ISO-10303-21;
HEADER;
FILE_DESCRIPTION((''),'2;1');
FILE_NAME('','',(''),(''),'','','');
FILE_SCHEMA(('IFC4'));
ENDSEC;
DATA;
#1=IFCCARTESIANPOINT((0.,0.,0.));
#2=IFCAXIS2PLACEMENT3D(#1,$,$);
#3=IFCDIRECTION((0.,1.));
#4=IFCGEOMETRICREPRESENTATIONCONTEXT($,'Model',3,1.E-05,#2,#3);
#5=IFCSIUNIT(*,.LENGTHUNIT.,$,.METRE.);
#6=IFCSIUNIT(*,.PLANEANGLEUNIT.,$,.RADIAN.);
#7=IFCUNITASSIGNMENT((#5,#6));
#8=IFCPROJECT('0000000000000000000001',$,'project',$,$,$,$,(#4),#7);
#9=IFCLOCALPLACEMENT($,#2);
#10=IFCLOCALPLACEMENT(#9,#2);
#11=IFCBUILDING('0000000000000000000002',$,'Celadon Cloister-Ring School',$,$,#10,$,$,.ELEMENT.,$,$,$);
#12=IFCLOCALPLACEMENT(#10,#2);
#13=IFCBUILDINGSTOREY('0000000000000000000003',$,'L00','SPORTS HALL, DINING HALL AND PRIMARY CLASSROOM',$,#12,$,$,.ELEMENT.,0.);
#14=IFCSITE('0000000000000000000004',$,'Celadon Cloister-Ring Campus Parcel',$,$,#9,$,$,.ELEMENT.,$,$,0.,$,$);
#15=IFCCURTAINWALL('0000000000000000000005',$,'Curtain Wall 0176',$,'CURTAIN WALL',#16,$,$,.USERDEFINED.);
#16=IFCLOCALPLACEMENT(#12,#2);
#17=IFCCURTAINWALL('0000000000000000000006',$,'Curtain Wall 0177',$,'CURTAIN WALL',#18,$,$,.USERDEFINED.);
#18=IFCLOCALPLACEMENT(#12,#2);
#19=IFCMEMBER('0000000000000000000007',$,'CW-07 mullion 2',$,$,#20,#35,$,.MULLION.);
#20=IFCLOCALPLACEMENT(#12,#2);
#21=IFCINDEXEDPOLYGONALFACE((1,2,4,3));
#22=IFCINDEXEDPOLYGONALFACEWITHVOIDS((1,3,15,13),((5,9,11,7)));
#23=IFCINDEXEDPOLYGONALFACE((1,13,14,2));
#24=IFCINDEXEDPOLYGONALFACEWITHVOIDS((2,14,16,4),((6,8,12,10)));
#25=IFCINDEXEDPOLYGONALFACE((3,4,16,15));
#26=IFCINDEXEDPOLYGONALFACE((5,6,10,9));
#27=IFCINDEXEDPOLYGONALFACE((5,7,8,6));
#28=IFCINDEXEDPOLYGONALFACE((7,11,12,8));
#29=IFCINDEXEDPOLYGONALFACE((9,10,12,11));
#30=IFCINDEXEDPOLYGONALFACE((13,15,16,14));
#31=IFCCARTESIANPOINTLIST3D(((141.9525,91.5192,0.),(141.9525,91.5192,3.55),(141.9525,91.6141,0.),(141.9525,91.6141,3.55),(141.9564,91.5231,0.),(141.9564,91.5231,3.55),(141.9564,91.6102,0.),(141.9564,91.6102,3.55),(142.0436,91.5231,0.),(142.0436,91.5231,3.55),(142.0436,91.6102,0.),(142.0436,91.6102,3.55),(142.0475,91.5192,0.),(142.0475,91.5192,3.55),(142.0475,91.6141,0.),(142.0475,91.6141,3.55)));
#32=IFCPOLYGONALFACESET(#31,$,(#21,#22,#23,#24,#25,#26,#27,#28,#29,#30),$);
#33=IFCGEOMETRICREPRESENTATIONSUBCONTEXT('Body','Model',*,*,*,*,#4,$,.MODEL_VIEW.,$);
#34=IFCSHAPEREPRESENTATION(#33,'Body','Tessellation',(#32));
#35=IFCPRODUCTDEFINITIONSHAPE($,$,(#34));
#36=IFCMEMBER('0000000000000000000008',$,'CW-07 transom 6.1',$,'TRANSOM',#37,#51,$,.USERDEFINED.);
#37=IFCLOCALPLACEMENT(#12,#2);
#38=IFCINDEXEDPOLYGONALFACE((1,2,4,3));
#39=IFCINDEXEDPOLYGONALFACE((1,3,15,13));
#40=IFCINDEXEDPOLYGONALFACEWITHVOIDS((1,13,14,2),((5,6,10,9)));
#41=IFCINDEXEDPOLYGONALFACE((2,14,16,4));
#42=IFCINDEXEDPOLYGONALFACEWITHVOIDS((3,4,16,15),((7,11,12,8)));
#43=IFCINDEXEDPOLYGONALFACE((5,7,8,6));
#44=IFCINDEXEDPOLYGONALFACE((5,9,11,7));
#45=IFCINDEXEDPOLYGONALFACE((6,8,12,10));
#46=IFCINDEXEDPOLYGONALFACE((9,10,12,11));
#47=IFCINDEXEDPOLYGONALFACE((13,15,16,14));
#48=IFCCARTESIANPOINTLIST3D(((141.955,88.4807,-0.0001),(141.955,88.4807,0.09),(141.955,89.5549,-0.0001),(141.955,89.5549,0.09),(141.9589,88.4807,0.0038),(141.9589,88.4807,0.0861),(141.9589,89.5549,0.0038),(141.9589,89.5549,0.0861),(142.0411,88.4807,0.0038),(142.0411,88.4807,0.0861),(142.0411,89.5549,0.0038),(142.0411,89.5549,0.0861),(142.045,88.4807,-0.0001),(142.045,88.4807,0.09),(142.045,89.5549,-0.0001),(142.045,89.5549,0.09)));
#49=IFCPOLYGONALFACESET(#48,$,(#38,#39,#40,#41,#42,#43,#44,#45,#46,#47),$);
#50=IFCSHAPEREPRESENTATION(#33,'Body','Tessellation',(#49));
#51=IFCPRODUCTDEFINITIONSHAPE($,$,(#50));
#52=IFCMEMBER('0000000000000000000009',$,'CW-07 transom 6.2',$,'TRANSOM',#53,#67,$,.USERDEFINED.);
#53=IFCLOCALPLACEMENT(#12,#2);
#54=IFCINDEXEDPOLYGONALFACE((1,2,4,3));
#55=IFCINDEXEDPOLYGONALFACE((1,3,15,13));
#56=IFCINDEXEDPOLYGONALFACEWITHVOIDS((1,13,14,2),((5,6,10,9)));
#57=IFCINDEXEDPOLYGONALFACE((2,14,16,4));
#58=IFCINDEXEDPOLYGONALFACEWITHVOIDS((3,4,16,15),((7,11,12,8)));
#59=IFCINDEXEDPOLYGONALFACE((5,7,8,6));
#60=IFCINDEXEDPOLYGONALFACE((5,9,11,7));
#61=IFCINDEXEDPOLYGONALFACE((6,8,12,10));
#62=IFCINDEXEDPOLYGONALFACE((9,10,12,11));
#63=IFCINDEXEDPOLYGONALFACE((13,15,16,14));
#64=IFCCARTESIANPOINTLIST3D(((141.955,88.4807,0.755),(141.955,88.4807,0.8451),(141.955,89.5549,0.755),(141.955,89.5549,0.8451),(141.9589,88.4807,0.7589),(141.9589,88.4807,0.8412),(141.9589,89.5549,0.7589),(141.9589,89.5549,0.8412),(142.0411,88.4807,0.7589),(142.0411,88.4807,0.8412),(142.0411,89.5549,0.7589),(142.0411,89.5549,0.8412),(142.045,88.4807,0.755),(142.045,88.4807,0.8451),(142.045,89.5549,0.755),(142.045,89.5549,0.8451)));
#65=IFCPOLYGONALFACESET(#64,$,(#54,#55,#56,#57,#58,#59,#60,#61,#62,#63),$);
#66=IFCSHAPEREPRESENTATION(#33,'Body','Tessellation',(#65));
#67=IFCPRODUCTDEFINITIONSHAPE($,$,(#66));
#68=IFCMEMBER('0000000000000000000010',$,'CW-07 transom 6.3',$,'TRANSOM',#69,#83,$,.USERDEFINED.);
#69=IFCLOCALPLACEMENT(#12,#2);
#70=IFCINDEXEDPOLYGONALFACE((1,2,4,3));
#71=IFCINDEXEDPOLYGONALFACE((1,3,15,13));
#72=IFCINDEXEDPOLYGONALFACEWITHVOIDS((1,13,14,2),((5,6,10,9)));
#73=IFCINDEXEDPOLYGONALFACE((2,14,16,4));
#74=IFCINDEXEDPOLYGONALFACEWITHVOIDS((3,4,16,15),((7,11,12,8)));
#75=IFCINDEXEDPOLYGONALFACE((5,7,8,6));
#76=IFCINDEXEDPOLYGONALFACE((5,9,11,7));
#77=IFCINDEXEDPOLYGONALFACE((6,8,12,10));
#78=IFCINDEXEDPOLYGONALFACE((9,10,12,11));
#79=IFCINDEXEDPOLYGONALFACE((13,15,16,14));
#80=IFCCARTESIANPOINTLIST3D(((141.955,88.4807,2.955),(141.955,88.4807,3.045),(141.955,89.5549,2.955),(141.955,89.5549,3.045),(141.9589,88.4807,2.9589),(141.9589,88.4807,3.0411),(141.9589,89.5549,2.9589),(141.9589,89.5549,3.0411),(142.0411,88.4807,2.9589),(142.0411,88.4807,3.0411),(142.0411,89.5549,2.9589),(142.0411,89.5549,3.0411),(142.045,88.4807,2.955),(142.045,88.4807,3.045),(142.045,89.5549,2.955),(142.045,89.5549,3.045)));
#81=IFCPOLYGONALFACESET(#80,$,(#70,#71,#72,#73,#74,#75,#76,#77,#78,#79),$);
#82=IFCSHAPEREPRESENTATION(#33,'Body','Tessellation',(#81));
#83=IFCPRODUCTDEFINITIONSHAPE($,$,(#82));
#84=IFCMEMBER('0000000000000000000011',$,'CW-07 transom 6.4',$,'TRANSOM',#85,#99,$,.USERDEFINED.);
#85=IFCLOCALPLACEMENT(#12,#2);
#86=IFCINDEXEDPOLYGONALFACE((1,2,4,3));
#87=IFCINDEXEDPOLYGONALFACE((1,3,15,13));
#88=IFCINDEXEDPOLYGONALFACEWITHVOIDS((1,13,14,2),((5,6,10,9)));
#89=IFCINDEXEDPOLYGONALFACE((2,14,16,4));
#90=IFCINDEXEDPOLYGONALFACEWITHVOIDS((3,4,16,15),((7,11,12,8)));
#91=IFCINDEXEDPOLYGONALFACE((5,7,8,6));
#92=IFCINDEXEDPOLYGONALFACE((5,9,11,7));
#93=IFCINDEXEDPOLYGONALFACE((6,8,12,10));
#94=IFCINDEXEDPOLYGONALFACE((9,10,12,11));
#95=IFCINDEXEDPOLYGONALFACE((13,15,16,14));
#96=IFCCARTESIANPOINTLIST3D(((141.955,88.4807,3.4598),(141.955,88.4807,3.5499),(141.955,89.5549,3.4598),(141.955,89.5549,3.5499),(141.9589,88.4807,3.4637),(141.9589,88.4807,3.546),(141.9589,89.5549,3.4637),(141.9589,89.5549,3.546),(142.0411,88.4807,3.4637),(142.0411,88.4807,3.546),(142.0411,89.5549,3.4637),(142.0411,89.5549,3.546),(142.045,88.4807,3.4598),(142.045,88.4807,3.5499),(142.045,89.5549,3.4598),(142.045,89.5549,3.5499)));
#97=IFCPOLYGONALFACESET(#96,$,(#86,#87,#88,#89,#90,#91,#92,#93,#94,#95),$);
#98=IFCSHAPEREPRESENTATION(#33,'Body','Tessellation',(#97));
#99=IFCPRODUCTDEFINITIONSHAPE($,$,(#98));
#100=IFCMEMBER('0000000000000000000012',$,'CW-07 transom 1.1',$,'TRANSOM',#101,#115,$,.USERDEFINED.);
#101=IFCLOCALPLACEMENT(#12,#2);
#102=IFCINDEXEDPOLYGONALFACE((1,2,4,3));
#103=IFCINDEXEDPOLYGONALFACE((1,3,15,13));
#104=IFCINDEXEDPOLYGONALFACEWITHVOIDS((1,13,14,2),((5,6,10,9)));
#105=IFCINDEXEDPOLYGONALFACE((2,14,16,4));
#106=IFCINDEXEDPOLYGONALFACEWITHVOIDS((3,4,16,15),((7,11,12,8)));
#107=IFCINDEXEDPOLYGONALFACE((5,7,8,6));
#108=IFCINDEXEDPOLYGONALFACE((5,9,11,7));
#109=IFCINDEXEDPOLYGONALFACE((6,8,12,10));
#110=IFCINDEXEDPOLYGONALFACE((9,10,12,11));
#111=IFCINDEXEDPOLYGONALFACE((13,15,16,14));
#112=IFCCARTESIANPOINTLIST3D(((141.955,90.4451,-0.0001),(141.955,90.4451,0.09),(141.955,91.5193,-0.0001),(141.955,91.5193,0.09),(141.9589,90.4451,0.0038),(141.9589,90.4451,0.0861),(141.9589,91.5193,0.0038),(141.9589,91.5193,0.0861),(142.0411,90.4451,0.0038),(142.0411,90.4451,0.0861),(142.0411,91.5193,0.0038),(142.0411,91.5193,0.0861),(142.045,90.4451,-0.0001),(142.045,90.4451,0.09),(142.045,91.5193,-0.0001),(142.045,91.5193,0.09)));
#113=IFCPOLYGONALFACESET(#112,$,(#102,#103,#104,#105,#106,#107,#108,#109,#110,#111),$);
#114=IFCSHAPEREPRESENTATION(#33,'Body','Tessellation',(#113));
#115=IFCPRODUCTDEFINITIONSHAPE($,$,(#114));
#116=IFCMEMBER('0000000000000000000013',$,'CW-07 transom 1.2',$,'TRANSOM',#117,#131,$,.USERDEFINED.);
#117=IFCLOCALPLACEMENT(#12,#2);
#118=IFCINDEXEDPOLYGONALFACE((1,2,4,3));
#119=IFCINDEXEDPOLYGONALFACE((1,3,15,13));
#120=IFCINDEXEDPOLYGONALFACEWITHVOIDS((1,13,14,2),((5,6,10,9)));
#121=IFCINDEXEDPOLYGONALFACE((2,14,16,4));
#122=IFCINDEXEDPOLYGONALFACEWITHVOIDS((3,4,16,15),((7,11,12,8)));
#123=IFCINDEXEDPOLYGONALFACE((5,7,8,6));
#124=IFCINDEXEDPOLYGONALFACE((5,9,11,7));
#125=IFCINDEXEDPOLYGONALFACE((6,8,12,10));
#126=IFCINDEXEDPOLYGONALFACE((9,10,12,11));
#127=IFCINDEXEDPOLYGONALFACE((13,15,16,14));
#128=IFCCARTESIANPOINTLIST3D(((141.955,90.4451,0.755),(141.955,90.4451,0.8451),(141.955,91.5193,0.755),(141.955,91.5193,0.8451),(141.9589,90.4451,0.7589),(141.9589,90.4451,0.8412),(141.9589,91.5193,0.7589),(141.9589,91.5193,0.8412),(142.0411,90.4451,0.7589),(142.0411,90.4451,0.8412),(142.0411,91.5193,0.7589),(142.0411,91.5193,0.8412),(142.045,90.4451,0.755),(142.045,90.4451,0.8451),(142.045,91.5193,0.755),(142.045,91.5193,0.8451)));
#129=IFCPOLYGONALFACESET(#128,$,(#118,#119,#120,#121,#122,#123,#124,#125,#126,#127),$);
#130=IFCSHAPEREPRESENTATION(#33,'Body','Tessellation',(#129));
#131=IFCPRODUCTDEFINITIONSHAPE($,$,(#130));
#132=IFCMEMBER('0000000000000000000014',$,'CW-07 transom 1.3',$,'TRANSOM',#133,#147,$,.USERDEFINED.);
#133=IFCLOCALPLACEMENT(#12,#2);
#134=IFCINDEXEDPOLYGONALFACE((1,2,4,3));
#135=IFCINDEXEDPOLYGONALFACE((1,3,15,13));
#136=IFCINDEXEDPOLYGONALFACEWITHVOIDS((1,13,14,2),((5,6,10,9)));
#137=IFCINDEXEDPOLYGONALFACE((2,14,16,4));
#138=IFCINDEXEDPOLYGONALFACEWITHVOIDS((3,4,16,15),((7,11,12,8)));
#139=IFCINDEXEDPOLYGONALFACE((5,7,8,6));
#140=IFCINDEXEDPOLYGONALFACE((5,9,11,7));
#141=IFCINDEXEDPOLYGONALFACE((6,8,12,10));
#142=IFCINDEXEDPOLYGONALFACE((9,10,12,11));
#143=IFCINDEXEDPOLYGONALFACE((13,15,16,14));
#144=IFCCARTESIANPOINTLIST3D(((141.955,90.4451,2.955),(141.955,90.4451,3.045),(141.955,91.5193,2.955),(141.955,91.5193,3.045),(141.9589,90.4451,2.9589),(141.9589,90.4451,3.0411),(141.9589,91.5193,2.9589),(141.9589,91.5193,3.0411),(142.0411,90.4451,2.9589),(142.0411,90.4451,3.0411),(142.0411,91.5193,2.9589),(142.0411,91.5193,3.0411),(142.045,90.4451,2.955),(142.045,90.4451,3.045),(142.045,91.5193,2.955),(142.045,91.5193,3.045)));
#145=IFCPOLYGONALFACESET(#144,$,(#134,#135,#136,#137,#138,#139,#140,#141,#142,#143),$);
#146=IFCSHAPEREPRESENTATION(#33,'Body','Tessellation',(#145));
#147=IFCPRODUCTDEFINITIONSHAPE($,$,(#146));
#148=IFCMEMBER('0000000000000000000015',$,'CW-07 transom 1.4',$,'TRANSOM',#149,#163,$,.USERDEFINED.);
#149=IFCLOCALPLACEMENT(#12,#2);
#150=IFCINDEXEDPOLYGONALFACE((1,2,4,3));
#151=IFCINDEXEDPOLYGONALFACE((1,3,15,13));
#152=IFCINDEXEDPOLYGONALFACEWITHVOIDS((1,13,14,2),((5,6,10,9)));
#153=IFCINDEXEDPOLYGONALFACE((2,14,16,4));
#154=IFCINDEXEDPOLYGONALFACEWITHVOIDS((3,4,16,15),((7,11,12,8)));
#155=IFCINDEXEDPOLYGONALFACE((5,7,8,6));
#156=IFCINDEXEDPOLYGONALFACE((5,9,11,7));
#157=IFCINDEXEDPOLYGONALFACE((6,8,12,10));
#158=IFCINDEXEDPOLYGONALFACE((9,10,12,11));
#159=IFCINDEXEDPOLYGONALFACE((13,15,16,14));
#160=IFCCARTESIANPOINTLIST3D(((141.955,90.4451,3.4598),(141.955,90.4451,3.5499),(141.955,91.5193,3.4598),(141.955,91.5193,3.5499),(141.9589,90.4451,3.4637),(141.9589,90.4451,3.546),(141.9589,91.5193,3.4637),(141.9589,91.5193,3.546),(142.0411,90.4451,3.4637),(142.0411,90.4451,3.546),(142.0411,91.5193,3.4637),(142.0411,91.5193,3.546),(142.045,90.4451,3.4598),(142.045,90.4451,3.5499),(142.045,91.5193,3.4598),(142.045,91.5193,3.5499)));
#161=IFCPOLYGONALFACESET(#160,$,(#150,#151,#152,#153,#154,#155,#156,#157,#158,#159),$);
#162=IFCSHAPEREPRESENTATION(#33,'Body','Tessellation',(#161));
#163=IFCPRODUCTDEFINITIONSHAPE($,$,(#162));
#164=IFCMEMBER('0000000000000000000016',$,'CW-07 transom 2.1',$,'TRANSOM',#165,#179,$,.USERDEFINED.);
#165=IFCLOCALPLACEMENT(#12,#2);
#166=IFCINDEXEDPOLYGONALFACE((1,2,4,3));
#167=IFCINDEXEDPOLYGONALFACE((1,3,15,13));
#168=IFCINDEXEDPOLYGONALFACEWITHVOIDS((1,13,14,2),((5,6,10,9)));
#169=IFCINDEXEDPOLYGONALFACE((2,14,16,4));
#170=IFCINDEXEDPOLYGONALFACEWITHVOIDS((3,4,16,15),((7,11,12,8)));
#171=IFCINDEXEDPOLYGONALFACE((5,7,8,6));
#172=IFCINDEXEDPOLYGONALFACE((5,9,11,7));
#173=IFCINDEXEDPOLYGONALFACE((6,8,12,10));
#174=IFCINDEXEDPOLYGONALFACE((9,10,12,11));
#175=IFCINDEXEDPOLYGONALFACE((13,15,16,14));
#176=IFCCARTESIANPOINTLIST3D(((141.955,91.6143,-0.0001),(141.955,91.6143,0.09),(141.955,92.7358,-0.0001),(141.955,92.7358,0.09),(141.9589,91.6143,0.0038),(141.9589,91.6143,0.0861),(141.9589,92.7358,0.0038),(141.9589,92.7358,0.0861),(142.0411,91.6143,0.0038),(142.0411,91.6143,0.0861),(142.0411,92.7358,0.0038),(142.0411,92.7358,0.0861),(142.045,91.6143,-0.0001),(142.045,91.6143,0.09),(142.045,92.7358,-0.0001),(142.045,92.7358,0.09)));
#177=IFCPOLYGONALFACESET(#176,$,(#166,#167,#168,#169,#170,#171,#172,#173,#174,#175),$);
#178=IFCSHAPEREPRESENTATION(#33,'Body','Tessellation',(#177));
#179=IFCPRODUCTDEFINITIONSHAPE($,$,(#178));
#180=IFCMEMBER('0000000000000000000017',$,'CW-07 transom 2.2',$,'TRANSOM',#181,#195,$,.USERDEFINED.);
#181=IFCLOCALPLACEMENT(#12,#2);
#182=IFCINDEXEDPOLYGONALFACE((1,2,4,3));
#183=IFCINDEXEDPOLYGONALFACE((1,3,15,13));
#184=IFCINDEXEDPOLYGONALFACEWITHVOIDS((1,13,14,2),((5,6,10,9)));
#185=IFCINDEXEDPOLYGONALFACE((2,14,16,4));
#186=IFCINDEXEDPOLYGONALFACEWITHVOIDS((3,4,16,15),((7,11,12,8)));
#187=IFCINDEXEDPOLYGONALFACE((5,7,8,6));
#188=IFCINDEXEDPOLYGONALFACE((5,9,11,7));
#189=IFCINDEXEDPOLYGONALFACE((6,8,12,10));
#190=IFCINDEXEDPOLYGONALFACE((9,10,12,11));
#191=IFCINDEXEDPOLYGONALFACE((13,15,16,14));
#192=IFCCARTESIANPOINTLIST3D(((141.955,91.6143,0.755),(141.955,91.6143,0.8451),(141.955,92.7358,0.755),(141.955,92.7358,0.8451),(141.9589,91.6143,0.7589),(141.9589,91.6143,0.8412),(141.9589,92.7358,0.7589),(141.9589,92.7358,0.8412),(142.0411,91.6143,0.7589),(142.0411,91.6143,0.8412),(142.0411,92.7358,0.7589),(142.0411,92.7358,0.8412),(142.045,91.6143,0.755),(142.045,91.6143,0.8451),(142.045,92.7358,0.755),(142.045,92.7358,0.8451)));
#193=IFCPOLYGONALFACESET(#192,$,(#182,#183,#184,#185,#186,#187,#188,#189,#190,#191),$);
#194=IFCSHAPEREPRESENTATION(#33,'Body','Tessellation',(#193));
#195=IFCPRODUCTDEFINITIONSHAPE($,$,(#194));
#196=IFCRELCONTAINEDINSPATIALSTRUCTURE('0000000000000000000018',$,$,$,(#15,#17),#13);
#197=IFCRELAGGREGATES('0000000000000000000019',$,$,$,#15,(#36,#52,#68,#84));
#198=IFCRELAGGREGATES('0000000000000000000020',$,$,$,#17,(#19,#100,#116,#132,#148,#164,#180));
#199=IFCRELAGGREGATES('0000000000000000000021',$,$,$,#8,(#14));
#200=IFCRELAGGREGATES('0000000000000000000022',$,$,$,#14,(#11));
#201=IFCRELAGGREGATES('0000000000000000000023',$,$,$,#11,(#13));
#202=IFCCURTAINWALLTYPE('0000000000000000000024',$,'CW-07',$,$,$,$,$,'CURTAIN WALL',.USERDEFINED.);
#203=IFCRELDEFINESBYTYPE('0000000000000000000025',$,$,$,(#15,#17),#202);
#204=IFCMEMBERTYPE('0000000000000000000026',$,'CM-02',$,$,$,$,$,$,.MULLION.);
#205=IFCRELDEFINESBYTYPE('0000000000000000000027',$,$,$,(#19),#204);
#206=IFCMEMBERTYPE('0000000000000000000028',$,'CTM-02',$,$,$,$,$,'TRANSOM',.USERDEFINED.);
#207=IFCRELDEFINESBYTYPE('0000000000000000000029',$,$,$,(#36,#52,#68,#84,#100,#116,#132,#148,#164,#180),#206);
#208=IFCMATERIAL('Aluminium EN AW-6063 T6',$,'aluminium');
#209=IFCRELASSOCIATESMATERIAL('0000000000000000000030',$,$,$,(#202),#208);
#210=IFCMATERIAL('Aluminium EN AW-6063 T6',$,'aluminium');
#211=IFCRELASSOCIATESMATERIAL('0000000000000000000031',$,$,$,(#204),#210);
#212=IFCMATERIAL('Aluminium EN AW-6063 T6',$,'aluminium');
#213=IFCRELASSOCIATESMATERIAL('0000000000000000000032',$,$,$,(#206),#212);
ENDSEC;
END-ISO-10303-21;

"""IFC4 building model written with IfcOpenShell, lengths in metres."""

from ifc_helpers import new_model, si_unit, direction, frame, origin, origin_2d, place, context, subcontext, project, spatial, hollow_rectangle, extrude, material, material_profile, profile_set, type_object, element, aggregate, save


model = new_model("IFC4")

# Units and contexts
model_context = context("Model", 3, precision=1e-05, world=origin(), true_north=direction((0.0, 1.0)))
body_context = subcontext(model_context, "Body", "Model", "MODEL_VIEW")
ifc_project = project(units=[si_unit("LENGTHUNIT", "METRE"), si_unit("PLANEANGLEUNIT", "RADIAN")], contexts=[model_context])

# Site, building, storey
site_placement = place(None, origin())
site = spatial("IfcSite", under=ifc_project, at=site_placement, Name="Celadon Cloister-Ring Campus Parcel", CompositionType="ELEMENT", RefElevation=0.0)
building_placement = place(site_placement, origin())
building = spatial("IfcBuilding", under=site, at=building_placement, Name="Celadon Cloister-Ring School", CompositionType="ELEMENT")
storey_placement = place(building_placement, origin())
storey = spatial("IfcBuildingStorey", under=building, at=storey_placement, Name="L00", Description="SPORTS HALL, DINING HALL AND PRIMARY CLASSROOM", CompositionType="ELEMENT", Elevation=0.0)

# Curtain walls, member
ifc_material_1 = material(Name="Aluminium EN AW-6063 T6", Category="aluminium")
curtain_wall_type = type_object("IfcCurtainWallType", Name="CW-07", ElementType="CURTAIN WALL", PredefinedType="USERDEFINED", material=ifc_material_1)
curtain_wall_1_placement = place(storey_placement, origin())
curtain_wall_1 = element("IfcCurtainWall", 1, at=curtain_wall_1_placement, inside=storey, type_object=curtain_wall_type, Name="Curtain Wall 0176", ObjectType="CURTAIN WALL", PredefinedType="USERDEFINED")
ifc_material_2 = material(Name="Aluminium EN AW-6063 T6", Category="aluminium")
ifc_material_profile_1 = material_profile(ifc_material_2, hollow_rectangle(XDim=0.095, YDim=0.095, WallThickness=0.0039, at=origin_2d()), Name="RHS95X95X4")
ifc_profile_set_1 = profile_set([ifc_material_profile_1], Name="Aluminium EN AW-6063 T6")
member_type_1 = type_object("IfcMemberType", Name="CM-02", PredefinedType="MULLION", material=ifc_profile_set_1)
curtain_wall_2_placement = place(storey_placement, origin())
curtain_wall_2 = element("IfcCurtainWall", 2, at=curtain_wall_2_placement, inside=storey, type_object=curtain_wall_type, Name="Curtain Wall 0177", ObjectType="CURTAIN WALL", PredefinedType="USERDEFINED")
member_1_placement = place(storey_placement, frame((142.0, 91.5667, 0.0), z_axis=(0.0, 0.0, 1.0), x_axis=(-1.0, 0.0, 0.0)))
member_1 = element("IfcMember", 3, at=member_1_placement, type_object=member_type_1, Name="CW-07 mullion 2", PredefinedType="MULLION", context=body_context, shape_type="SweptSolid", body=[
    extrude(hollow_rectangle(XDim=0.095, YDim=0.095, WallThickness=0.0039, at=origin_2d()), origin(), (0.0, 0.0, 1.0), 3.55),
])

# Members
ifc_material_3 = material(Name="Aluminium EN AW-6063 T6", Category="aluminium")
ifc_material_profile_2 = material_profile(ifc_material_3, hollow_rectangle(XDim=0.0901, YDim=0.0901, WallThickness=0.0039, at=origin_2d()), Name="RHS90X90X4")
ifc_profile_set_2 = profile_set([ifc_material_profile_2], Name="Aluminium EN AW-6063 T6")
member_type_2 = type_object("IfcMemberType", Name="CTM-02", ElementType="TRANSOM", PredefinedType="USERDEFINED", material=ifc_profile_set_2)
member_2_placement = place(storey_placement, frame((142.0, 88.4807, 0.0449), z_axis=(0.0, 1.0, 0.0), x_axis=(-1.0, 0.0, 0.0)))
member_2 = element("IfcMember", 4, at=member_2_placement, type_object=member_type_2, Name="CW-07 transom 6.1", ObjectType="TRANSOM", PredefinedType="USERDEFINED", context=body_context, shape_type="SweptSolid", body=[
    extrude(hollow_rectangle(XDim=0.0901, YDim=0.0901, WallThickness=0.0039, at=origin_2d()), origin(), (0.0, 0.0, 1.0), 1.0742),
])
member_3_placement = place(storey_placement, frame((142.0, 88.4807, 0.8), z_axis=(0.0, 1.0, 0.0), x_axis=(-1.0, 0.0, 0.0)))
member_3 = element("IfcMember", 5, at=member_3_placement, type_object=member_type_2, Name="CW-07 transom 6.2", ObjectType="TRANSOM", PredefinedType="USERDEFINED", context=body_context, shape_type="SweptSolid", body=[
    extrude(hollow_rectangle(XDim=0.0901, YDim=0.0901, WallThickness=0.0039, at=origin_2d()), origin(), (0.0, 0.0, 1.0), 1.0742),
])
member_4_placement = place(storey_placement, frame((142.0, 88.4807, 3.0), z_axis=(0.0, 1.0, 0.0), x_axis=(-1.0, 0.0, 0.0)))
member_4 = element("IfcMember", 6, at=member_4_placement, type_object=member_type_2, Name="CW-07 transom 6.3", ObjectType="TRANSOM", PredefinedType="USERDEFINED", context=body_context, shape_type="SweptSolid", body=[
    extrude(hollow_rectangle(XDim=0.0901, YDim=0.0901, WallThickness=0.0039, at=origin_2d()), origin(), (0.0, 0.0, 1.0), 1.0742),
])
member_5_placement = place(storey_placement, frame((142.0, 88.4807, 3.5049), z_axis=(0.0, 1.0, 0.0), x_axis=(-1.0, 0.0, 0.0)))
member_5 = element("IfcMember", 7, at=member_5_placement, type_object=member_type_2, Name="CW-07 transom 6.4", ObjectType="TRANSOM", PredefinedType="USERDEFINED", context=body_context, shape_type="SweptSolid", body=[
    extrude(hollow_rectangle(XDim=0.0901, YDim=0.0901, WallThickness=0.0039, at=origin_2d()), origin(), (0.0, 0.0, 1.0), 1.0742),
])
member_6_placement = place(storey_placement, frame((142.0, 90.4451, 0.0449), z_axis=(0.0, 1.0, 0.0), x_axis=(-1.0, 0.0, 0.0)))
member_6 = element("IfcMember", 8, at=member_6_placement, type_object=member_type_2, Name="CW-07 transom 1.1", ObjectType="TRANSOM", PredefinedType="USERDEFINED", context=body_context, shape_type="SweptSolid", body=[
    extrude(hollow_rectangle(XDim=0.0901, YDim=0.0901, WallThickness=0.0039, at=origin_2d()), origin(), (0.0, 0.0, 1.0), 1.0742),
])
member_7_placement = place(storey_placement, frame((142.0, 90.4451, 0.8), z_axis=(0.0, 1.0, 0.0), x_axis=(-1.0, 0.0, 0.0)))
member_7 = element("IfcMember", 9, at=member_7_placement, type_object=member_type_2, Name="CW-07 transom 1.2", ObjectType="TRANSOM", PredefinedType="USERDEFINED", context=body_context, shape_type="SweptSolid", body=[
    extrude(hollow_rectangle(XDim=0.0901, YDim=0.0901, WallThickness=0.0039, at=origin_2d()), origin(), (0.0, 0.0, 1.0), 1.0742),
])
member_8_placement = place(storey_placement, frame((142.0, 90.4451, 3.0), z_axis=(0.0, 1.0, 0.0), x_axis=(-1.0, 0.0, 0.0)))
member_8 = element("IfcMember", 10, at=member_8_placement, type_object=member_type_2, Name="CW-07 transom 1.3", ObjectType="TRANSOM", PredefinedType="USERDEFINED", context=body_context, shape_type="SweptSolid", body=[
    extrude(hollow_rectangle(XDim=0.0901, YDim=0.0901, WallThickness=0.0039, at=origin_2d()), origin(), (0.0, 0.0, 1.0), 1.0742),
])
member_9_placement = place(storey_placement, frame((142.0, 90.4451, 3.5049), z_axis=(0.0, 1.0, 0.0), x_axis=(-1.0, 0.0, 0.0)))
member_9 = element("IfcMember", 11, at=member_9_placement, type_object=member_type_2, Name="CW-07 transom 1.4", ObjectType="TRANSOM", PredefinedType="USERDEFINED", context=body_context, shape_type="SweptSolid", body=[
    extrude(hollow_rectangle(XDim=0.0901, YDim=0.0901, WallThickness=0.0039, at=origin_2d()), origin(), (0.0, 0.0, 1.0), 1.0742),
])
member_10_placement = place(storey_placement, frame((142.0, 91.6143, 0.0449), z_axis=(0.0, 1.0, 0.0), x_axis=(-1.0, 0.0, 0.0)))
member_10 = element("IfcMember", 12, at=member_10_placement, type_object=member_type_2, Name="CW-07 transom 2.1", ObjectType="TRANSOM", PredefinedType="USERDEFINED", context=body_context, shape_type="SweptSolid", body=[
    extrude(hollow_rectangle(XDim=0.0901, YDim=0.0901, WallThickness=0.0039, at=origin_2d()), origin(), (0.0, 0.0, 1.0), 1.1216),
])
member_11_placement = place(storey_placement, frame((142.0, 91.6143, 0.8), z_axis=(0.0, 1.0, 0.0), x_axis=(-1.0, 0.0, 0.0)))
member_11 = element("IfcMember", 13, at=member_11_placement, type_object=member_type_2, Name="CW-07 transom 2.2", ObjectType="TRANSOM", PredefinedType="USERDEFINED", context=body_context, shape_type="SweptSolid", body=[
    extrude(hollow_rectangle(XDim=0.0901, YDim=0.0901, WallThickness=0.0039, at=origin_2d()), origin(), (0.0, 0.0, 1.0), 1.1216),
])

aggregate(curtain_wall_1, [member_2, member_3, member_4, member_5])
aggregate(curtain_wall_2, [member_1, member_6, member_7, member_8, member_9, member_10, member_11])

save(model, "model.ifc")
